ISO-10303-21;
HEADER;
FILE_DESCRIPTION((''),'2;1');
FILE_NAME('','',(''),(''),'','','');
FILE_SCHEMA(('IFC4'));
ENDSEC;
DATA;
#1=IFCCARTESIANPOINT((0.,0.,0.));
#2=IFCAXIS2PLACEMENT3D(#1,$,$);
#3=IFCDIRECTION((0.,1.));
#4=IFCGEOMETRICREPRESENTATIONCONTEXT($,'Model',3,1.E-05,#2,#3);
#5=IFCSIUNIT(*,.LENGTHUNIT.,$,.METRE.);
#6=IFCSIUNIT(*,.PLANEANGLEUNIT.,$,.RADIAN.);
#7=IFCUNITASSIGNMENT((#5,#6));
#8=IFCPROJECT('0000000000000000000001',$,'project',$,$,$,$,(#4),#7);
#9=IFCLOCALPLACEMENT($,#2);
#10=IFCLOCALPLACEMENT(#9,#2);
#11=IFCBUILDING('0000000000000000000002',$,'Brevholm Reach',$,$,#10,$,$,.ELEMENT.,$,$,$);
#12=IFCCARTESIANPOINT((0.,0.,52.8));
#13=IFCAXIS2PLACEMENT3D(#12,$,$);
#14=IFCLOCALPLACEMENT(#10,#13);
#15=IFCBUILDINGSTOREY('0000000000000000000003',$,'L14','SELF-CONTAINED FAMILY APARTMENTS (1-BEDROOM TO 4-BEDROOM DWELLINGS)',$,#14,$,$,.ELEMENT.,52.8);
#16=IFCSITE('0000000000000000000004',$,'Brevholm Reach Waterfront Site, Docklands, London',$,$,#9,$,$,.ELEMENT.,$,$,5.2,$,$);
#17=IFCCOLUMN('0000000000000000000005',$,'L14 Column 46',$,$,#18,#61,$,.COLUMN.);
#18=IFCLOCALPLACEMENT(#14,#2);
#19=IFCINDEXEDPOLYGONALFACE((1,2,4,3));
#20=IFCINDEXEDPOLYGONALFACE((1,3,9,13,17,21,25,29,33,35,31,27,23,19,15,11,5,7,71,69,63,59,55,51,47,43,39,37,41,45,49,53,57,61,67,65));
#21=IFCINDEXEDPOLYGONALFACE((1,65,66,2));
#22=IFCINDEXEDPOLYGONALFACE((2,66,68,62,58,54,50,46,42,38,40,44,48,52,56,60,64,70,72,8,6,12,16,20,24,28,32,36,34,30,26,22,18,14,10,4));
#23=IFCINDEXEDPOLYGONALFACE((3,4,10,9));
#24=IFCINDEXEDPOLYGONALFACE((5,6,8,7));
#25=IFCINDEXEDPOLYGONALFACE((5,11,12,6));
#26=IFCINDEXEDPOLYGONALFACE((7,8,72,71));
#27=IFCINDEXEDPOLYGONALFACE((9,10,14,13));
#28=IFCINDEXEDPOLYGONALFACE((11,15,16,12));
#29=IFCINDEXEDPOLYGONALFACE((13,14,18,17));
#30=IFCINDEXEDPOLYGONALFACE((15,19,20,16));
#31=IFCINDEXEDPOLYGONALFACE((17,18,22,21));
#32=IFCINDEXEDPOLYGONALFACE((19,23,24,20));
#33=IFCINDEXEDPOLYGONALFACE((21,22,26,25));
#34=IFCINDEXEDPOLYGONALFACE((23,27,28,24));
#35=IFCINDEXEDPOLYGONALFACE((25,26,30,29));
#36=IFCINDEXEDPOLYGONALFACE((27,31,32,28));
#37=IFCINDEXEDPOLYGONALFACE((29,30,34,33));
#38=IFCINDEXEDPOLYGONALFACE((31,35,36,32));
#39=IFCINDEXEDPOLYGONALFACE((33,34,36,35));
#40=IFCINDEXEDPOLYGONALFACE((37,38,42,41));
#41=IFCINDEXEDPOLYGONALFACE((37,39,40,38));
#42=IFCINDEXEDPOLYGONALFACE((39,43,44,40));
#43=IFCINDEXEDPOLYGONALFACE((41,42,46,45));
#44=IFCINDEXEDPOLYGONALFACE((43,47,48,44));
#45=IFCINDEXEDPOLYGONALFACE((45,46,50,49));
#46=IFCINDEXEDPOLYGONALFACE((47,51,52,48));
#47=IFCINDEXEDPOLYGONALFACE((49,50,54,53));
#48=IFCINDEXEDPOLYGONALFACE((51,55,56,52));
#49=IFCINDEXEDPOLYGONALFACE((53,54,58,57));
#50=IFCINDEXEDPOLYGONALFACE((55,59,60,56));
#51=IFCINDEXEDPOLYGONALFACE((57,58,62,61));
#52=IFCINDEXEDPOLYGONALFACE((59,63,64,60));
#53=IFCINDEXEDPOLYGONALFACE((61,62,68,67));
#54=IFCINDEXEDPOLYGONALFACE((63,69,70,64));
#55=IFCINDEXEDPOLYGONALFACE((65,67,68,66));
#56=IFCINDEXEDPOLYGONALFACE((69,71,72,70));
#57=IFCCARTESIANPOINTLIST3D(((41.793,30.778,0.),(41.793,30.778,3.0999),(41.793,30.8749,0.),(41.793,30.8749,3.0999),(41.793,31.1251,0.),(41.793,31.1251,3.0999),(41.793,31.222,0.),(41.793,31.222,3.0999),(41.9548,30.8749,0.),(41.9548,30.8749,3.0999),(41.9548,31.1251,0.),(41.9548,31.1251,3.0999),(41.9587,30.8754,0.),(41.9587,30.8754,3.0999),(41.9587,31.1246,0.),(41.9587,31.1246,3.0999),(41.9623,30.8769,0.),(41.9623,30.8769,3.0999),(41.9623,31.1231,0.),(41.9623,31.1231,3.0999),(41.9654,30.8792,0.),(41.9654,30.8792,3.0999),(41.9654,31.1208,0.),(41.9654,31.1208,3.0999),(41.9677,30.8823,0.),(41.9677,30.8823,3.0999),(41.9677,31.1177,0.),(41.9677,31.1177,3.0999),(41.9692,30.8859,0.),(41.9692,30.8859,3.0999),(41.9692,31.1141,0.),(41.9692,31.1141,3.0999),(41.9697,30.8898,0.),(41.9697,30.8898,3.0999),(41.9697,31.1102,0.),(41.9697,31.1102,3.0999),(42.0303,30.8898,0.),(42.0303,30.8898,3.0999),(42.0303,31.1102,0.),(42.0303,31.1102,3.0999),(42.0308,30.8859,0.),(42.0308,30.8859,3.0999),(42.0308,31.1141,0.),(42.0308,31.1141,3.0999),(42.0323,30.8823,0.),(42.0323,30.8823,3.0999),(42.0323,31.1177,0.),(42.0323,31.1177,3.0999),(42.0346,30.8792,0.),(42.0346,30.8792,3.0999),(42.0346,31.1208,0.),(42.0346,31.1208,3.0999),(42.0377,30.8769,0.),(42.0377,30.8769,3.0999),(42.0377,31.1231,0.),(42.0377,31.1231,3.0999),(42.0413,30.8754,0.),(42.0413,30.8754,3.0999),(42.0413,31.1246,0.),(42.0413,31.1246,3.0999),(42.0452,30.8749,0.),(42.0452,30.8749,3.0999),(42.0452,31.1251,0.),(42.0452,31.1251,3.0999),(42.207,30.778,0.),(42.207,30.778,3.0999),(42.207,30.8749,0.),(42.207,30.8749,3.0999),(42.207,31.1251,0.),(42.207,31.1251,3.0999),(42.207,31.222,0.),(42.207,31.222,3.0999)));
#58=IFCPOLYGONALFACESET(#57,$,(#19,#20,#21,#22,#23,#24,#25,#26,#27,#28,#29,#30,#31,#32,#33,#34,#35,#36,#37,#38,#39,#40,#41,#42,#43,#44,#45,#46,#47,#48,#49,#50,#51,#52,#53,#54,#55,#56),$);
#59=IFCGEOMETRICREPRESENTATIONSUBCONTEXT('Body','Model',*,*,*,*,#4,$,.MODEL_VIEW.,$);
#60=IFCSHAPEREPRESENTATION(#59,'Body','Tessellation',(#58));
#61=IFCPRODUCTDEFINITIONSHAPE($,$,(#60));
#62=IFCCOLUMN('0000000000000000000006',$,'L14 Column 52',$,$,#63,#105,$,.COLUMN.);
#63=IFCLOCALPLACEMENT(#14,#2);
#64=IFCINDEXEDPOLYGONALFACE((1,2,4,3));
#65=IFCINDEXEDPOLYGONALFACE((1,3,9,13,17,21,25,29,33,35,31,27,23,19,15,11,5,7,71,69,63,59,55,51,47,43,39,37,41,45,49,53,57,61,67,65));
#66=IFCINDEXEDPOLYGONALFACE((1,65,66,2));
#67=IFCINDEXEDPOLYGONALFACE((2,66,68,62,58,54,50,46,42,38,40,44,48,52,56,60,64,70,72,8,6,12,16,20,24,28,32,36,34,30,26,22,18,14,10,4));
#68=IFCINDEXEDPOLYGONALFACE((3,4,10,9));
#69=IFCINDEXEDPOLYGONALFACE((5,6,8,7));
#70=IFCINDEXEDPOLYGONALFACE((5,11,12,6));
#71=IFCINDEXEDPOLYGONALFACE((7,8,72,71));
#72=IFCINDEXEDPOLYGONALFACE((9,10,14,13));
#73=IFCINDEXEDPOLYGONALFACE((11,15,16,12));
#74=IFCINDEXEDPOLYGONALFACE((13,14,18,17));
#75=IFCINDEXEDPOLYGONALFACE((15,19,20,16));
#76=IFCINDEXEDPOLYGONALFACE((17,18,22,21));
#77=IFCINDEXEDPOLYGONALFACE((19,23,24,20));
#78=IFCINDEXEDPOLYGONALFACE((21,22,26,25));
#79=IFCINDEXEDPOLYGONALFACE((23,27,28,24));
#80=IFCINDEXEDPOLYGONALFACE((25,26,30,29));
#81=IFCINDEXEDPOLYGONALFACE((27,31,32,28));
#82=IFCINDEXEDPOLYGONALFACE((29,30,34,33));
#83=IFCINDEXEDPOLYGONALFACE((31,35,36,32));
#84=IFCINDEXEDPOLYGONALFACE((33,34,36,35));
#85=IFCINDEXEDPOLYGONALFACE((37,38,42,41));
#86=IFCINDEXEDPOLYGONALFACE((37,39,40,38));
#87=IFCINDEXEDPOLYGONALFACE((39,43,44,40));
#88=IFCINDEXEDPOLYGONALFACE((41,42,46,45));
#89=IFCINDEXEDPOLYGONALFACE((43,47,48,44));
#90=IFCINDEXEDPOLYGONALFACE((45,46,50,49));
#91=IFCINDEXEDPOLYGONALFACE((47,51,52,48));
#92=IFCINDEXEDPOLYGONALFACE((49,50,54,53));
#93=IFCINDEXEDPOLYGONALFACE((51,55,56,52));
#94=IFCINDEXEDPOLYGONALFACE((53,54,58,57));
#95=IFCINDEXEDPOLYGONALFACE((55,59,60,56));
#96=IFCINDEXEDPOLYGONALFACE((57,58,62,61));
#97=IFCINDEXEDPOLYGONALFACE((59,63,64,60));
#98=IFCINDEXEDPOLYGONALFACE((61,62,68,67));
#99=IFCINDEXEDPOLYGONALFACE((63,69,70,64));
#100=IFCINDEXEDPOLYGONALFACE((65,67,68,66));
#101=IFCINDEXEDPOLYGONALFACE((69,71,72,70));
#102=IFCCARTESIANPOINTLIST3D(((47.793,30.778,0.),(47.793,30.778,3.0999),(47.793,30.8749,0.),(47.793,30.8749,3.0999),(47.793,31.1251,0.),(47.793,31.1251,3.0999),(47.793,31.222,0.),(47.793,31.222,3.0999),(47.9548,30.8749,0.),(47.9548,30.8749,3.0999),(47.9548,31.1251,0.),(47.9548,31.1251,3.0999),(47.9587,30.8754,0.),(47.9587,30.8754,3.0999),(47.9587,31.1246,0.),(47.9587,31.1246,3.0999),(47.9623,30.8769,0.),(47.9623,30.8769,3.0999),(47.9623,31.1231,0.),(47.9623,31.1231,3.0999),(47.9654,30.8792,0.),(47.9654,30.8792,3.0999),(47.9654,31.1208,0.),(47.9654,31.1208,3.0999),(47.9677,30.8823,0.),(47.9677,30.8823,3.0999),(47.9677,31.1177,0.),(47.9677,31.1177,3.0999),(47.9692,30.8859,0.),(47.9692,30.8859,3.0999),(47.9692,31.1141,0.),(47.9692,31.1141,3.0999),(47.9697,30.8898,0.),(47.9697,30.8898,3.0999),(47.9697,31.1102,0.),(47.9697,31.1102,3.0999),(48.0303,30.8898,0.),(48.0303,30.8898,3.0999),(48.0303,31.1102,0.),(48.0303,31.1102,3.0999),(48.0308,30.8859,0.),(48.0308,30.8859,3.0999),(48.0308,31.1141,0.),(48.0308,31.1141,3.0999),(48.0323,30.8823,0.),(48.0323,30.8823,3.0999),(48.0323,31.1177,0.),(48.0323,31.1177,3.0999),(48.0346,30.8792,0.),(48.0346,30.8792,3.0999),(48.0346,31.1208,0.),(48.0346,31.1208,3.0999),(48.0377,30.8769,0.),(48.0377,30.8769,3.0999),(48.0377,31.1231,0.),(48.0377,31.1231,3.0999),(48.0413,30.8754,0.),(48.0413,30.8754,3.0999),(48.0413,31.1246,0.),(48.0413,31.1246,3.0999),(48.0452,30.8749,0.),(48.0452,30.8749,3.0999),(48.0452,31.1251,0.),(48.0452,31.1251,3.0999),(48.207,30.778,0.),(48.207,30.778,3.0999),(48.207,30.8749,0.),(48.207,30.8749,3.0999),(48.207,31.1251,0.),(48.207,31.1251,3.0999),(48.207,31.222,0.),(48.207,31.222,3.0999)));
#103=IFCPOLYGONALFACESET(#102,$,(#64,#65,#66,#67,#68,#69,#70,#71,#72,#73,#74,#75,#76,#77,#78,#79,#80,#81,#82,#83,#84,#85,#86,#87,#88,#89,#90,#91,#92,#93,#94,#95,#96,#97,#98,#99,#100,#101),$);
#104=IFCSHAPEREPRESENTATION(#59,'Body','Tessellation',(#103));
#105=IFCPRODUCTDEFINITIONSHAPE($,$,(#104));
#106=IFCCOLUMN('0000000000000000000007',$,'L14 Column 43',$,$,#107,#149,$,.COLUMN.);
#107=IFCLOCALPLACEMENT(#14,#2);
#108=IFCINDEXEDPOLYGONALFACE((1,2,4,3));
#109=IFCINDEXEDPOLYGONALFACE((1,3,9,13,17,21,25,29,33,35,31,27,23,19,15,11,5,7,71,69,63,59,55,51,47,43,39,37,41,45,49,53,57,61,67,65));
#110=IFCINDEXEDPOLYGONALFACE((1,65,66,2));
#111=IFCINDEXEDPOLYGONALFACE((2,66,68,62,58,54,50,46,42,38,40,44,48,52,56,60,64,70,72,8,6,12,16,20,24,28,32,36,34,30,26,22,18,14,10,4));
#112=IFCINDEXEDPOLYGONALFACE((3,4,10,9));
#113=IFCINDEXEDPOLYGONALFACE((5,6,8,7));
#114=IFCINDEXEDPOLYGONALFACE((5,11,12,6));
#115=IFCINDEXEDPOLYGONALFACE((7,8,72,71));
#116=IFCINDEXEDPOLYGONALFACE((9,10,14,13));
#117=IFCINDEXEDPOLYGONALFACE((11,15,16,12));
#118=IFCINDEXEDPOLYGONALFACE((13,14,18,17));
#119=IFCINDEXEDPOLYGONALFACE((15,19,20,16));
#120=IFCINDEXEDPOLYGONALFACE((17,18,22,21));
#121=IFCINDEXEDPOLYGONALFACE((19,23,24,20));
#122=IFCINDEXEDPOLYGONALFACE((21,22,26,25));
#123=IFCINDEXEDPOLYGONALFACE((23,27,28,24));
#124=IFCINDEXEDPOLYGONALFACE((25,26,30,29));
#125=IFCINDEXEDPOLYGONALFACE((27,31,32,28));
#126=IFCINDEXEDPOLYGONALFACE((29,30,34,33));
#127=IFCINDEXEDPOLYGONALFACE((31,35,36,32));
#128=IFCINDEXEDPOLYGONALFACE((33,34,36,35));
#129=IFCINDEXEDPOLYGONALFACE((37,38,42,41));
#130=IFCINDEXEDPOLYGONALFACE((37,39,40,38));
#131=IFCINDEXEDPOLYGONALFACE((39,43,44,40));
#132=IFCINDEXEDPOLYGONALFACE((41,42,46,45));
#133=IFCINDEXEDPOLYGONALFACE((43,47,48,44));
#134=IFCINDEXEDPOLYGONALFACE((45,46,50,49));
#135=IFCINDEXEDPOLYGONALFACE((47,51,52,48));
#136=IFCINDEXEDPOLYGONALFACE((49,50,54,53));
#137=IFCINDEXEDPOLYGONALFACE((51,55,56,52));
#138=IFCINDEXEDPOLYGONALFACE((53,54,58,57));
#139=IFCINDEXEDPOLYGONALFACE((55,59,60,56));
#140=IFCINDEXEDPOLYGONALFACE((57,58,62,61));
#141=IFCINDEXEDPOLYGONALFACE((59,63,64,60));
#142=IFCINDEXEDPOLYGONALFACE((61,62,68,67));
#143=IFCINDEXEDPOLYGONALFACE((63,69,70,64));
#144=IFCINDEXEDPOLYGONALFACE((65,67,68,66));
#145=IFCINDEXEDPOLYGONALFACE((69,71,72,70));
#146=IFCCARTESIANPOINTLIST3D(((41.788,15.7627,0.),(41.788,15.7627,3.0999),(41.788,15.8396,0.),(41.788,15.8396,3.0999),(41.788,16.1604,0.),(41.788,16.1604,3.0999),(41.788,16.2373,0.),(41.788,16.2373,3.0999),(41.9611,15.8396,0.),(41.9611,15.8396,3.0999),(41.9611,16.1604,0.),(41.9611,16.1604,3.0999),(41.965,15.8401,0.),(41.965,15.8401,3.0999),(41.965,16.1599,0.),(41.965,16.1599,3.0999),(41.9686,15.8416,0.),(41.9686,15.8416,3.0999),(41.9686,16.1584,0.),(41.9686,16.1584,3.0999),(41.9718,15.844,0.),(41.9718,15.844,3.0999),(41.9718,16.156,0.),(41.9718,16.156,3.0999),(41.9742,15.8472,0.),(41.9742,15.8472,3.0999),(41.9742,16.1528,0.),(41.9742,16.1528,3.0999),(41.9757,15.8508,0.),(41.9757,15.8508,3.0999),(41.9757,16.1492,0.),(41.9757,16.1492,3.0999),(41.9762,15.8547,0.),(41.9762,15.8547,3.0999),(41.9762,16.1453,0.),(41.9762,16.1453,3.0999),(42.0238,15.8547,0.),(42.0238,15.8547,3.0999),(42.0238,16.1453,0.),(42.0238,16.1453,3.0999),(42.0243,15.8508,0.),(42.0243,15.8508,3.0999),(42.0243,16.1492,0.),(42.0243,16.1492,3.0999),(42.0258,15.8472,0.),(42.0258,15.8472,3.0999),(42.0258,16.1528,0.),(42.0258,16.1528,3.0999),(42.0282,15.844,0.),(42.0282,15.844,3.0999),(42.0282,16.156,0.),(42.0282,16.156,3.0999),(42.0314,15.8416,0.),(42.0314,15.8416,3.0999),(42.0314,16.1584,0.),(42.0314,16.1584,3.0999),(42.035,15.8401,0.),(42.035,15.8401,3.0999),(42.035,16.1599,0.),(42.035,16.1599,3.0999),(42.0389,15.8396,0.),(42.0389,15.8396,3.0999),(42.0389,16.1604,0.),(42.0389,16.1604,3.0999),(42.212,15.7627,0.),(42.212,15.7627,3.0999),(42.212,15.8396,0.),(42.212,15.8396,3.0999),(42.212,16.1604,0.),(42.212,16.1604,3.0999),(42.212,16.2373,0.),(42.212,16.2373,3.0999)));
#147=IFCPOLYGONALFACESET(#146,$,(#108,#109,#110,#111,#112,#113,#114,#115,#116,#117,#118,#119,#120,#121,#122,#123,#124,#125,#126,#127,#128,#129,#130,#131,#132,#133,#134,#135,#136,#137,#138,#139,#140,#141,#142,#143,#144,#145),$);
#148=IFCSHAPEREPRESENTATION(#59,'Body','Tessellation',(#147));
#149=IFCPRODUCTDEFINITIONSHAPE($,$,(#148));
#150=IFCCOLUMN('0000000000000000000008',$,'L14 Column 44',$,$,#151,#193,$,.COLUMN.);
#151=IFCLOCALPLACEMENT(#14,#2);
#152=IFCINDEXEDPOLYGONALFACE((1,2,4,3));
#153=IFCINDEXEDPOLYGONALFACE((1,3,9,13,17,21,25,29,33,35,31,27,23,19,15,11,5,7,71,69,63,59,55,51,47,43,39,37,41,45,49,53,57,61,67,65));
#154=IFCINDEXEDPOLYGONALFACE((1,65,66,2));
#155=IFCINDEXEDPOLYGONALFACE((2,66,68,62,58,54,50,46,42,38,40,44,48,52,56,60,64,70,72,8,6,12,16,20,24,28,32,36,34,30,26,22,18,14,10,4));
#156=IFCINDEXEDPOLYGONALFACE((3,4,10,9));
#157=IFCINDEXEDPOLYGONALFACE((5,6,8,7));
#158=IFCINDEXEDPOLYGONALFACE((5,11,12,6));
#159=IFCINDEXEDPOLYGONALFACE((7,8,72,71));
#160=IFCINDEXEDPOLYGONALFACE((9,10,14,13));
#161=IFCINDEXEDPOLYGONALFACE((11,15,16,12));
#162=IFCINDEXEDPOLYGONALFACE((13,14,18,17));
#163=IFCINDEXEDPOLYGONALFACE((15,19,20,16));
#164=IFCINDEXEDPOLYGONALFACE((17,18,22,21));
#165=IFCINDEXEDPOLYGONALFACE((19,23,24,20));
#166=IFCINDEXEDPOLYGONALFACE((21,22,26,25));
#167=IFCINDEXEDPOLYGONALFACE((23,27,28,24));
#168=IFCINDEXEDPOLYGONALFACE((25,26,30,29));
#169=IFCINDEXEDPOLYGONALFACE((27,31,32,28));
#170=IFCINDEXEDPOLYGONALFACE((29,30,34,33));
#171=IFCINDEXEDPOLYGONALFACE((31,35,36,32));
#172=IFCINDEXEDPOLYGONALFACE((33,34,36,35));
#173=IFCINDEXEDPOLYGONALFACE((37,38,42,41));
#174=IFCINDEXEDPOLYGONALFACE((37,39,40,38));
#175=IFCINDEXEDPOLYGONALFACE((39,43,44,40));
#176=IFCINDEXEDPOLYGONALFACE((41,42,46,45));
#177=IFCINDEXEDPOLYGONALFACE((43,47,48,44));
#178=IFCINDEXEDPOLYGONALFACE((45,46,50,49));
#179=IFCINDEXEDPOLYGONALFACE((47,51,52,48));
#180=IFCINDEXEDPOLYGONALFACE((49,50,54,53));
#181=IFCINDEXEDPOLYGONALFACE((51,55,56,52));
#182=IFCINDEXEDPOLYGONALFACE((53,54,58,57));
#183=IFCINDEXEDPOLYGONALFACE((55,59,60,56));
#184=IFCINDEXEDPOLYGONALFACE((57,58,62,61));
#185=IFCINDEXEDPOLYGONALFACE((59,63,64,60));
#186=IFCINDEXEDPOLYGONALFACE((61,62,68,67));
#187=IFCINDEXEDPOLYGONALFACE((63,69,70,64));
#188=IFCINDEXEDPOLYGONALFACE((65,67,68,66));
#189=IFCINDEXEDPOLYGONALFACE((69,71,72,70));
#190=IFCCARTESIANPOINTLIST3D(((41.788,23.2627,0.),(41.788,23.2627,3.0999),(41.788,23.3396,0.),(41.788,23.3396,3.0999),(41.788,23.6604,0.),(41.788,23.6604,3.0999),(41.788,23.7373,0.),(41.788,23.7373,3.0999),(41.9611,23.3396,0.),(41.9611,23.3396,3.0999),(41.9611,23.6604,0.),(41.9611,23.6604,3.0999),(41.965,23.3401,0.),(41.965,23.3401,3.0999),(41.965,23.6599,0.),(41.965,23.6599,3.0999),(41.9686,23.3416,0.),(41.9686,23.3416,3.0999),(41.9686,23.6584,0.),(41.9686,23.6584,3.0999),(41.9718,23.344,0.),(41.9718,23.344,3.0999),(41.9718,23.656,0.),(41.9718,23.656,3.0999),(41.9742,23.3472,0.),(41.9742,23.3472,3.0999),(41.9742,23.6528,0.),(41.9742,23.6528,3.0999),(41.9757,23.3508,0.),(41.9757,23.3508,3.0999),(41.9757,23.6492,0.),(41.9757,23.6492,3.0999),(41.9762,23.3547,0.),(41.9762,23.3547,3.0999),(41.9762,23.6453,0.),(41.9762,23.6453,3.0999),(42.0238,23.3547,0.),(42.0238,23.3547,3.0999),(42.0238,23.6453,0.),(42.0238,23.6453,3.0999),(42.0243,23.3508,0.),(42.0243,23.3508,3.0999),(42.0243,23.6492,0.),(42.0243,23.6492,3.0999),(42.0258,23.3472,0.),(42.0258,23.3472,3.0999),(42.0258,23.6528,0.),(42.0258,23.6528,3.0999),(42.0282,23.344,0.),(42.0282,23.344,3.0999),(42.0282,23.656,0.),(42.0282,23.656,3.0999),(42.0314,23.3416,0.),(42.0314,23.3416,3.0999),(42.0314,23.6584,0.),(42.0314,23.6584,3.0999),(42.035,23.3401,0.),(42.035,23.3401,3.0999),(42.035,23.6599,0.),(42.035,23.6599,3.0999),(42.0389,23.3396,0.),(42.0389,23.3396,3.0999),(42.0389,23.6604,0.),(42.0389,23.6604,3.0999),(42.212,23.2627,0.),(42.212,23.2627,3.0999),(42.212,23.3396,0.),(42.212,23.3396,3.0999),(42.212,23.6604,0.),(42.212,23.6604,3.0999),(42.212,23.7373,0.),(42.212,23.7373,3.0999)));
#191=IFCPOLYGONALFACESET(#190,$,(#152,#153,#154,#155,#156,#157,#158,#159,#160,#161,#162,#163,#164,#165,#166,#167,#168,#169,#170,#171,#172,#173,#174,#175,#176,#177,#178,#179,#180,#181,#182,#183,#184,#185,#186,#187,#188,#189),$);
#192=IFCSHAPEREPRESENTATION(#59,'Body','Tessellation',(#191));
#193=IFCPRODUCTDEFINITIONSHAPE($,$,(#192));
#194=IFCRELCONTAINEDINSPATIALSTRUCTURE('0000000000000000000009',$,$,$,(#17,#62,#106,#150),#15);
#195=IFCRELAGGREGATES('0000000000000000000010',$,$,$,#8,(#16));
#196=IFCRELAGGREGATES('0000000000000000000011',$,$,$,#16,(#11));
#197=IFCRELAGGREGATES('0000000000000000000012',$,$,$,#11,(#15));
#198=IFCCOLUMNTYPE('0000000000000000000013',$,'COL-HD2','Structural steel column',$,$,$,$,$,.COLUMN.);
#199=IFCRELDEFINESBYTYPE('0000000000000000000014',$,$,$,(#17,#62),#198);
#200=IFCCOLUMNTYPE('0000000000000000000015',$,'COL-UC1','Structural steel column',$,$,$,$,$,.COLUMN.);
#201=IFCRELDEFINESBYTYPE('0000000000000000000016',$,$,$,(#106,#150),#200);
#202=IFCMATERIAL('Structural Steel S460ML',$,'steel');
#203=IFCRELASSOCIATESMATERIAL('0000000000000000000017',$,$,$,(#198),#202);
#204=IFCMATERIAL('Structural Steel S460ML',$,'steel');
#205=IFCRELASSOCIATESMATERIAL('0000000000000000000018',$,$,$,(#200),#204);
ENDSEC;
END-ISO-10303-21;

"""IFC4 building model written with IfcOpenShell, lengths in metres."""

from ifc_helpers import new_model, si_unit, direction, frame, origin, origin_2d, place, context, subcontext, project, spatial, i_section, extrude, material, material_profile, profile_set, type_object, element, save


model = new_model("IFC4")

# Units and contexts
model_context = context("Model", 3, precision=1e-05, world=origin(), true_north=direction((0.0, 1.0)))
body_context = subcontext(model_context, "Body", "Model", "MODEL_VIEW")
ifc_project = project(units=[si_unit("LENGTHUNIT", "METRE"), si_unit("PLANEANGLEUNIT", "RADIAN")], contexts=[model_context])

# Site, building, storey
site_placement = place(None, origin())
site = spatial("IfcSite", under=ifc_project, at=site_placement, Name="Brevholm Reach Waterfront Site, Docklands, London", CompositionType="ELEMENT", RefElevation=5.2)
building_placement = place(site_placement, origin())
building = spatial("IfcBuilding", under=site, at=building_placement, Name="Brevholm Reach", CompositionType="ELEMENT")
storey_placement = place(building_placement, frame((0.0, 0.0, 52.8)))
storey = spatial("IfcBuildingStorey", under=building, at=storey_placement, Name="L14", Description="SELF-CONTAINED FAMILY APARTMENTS (1-BEDROOM TO 4-BEDROOM DWELLINGS)", CompositionType="ELEMENT", Elevation=52.8)

# Columns
ifc_material_1 = material(Name="Structural Steel S460ML", Category="steel")
ifc_material_profile_1 = material_profile(ifc_material_1, i_section(OverallWidth=0.4141, OverallDepth=0.4441, WebThickness=0.0605, FlangeThickness=0.0969, FilletRadius=0.0149, at=origin_2d()), Name="HD 400x818")
ifc_profile_set_1 = profile_set([ifc_material_profile_1], Name="Structural Steel S460ML")
column_type_1 = type_object("IfcColumnType", Name="COL-HD2", Description="Structural steel column", PredefinedType="COLUMN", material=ifc_profile_set_1)
for number, where, z_axis, x_axis, name in (
    (1, (42.0, 31.0, 0.0), (0.0, 0.0, 1.0), (1.0, 0.0, 0.0), "L14 Column 46"),
    (2, (48.0, 31.0, 0.0), (0.0, 0.0, 1.0), (1.0, 0.0, 0.0), "L14 Column 52"),
):
    element("IfcColumn", number, at=place(storey_placement, frame(where, z_axis=z_axis, x_axis=x_axis)), inside=storey, type_object=column_type_1, Name=name, PredefinedType="COLUMN", context=body_context, shape_type="SweptSolid", body=[
        extrude(i_section(OverallWidth=0.4141, OverallDepth=0.4441, WebThickness=0.0605, FlangeThickness=0.0969, FilletRadius=0.0149, at=origin_2d()), origin(), (0.0, 0.0, 1.0), 3.0999),
    ])
ifc_material_2 = material(Name="Structural Steel S460ML", Category="steel")
ifc_material_profile_2 = material_profile(ifc_material_2, i_section(OverallWidth=0.4241, OverallDepth=0.4746, WebThickness=0.0476, FlangeThickness=0.0769, FilletRadius=0.0151, at=origin_2d()), Name="UKC 356x406x634")
ifc_profile_set_2 = profile_set([ifc_material_profile_2], Name="Structural Steel S460ML")
column_type_2 = type_object("IfcColumnType", Name="COL-UC1", Description="Structural steel column", PredefinedType="COLUMN", material=ifc_profile_set_2)
for number, where, z_axis, x_axis, name in (
    (3, (42.0, 16.0, 0.0), (0.0, 0.0, 1.0), (1.0, 0.0, 0.0), "L14 Column 43"),
    (4, (42.0, 23.5, 0.0), (0.0, 0.0, 1.0), (1.0, 0.0, 0.0), "L14 Column 44"),
):
    element("IfcColumn", number, at=place(storey_placement, frame(where, z_axis=z_axis, x_axis=x_axis)), inside=storey, type_object=column_type_2, Name=name, PredefinedType="COLUMN", context=body_context, shape_type="SweptSolid", body=[
        extrude(i_section(OverallWidth=0.4241, OverallDepth=0.4746, WebThickness=0.0476, FlangeThickness=0.0769, FilletRadius=0.0151, at=origin_2d()), origin(), (0.0, 0.0, 1.0), 3.0999),
    ])

save(model, "model.ifc")
